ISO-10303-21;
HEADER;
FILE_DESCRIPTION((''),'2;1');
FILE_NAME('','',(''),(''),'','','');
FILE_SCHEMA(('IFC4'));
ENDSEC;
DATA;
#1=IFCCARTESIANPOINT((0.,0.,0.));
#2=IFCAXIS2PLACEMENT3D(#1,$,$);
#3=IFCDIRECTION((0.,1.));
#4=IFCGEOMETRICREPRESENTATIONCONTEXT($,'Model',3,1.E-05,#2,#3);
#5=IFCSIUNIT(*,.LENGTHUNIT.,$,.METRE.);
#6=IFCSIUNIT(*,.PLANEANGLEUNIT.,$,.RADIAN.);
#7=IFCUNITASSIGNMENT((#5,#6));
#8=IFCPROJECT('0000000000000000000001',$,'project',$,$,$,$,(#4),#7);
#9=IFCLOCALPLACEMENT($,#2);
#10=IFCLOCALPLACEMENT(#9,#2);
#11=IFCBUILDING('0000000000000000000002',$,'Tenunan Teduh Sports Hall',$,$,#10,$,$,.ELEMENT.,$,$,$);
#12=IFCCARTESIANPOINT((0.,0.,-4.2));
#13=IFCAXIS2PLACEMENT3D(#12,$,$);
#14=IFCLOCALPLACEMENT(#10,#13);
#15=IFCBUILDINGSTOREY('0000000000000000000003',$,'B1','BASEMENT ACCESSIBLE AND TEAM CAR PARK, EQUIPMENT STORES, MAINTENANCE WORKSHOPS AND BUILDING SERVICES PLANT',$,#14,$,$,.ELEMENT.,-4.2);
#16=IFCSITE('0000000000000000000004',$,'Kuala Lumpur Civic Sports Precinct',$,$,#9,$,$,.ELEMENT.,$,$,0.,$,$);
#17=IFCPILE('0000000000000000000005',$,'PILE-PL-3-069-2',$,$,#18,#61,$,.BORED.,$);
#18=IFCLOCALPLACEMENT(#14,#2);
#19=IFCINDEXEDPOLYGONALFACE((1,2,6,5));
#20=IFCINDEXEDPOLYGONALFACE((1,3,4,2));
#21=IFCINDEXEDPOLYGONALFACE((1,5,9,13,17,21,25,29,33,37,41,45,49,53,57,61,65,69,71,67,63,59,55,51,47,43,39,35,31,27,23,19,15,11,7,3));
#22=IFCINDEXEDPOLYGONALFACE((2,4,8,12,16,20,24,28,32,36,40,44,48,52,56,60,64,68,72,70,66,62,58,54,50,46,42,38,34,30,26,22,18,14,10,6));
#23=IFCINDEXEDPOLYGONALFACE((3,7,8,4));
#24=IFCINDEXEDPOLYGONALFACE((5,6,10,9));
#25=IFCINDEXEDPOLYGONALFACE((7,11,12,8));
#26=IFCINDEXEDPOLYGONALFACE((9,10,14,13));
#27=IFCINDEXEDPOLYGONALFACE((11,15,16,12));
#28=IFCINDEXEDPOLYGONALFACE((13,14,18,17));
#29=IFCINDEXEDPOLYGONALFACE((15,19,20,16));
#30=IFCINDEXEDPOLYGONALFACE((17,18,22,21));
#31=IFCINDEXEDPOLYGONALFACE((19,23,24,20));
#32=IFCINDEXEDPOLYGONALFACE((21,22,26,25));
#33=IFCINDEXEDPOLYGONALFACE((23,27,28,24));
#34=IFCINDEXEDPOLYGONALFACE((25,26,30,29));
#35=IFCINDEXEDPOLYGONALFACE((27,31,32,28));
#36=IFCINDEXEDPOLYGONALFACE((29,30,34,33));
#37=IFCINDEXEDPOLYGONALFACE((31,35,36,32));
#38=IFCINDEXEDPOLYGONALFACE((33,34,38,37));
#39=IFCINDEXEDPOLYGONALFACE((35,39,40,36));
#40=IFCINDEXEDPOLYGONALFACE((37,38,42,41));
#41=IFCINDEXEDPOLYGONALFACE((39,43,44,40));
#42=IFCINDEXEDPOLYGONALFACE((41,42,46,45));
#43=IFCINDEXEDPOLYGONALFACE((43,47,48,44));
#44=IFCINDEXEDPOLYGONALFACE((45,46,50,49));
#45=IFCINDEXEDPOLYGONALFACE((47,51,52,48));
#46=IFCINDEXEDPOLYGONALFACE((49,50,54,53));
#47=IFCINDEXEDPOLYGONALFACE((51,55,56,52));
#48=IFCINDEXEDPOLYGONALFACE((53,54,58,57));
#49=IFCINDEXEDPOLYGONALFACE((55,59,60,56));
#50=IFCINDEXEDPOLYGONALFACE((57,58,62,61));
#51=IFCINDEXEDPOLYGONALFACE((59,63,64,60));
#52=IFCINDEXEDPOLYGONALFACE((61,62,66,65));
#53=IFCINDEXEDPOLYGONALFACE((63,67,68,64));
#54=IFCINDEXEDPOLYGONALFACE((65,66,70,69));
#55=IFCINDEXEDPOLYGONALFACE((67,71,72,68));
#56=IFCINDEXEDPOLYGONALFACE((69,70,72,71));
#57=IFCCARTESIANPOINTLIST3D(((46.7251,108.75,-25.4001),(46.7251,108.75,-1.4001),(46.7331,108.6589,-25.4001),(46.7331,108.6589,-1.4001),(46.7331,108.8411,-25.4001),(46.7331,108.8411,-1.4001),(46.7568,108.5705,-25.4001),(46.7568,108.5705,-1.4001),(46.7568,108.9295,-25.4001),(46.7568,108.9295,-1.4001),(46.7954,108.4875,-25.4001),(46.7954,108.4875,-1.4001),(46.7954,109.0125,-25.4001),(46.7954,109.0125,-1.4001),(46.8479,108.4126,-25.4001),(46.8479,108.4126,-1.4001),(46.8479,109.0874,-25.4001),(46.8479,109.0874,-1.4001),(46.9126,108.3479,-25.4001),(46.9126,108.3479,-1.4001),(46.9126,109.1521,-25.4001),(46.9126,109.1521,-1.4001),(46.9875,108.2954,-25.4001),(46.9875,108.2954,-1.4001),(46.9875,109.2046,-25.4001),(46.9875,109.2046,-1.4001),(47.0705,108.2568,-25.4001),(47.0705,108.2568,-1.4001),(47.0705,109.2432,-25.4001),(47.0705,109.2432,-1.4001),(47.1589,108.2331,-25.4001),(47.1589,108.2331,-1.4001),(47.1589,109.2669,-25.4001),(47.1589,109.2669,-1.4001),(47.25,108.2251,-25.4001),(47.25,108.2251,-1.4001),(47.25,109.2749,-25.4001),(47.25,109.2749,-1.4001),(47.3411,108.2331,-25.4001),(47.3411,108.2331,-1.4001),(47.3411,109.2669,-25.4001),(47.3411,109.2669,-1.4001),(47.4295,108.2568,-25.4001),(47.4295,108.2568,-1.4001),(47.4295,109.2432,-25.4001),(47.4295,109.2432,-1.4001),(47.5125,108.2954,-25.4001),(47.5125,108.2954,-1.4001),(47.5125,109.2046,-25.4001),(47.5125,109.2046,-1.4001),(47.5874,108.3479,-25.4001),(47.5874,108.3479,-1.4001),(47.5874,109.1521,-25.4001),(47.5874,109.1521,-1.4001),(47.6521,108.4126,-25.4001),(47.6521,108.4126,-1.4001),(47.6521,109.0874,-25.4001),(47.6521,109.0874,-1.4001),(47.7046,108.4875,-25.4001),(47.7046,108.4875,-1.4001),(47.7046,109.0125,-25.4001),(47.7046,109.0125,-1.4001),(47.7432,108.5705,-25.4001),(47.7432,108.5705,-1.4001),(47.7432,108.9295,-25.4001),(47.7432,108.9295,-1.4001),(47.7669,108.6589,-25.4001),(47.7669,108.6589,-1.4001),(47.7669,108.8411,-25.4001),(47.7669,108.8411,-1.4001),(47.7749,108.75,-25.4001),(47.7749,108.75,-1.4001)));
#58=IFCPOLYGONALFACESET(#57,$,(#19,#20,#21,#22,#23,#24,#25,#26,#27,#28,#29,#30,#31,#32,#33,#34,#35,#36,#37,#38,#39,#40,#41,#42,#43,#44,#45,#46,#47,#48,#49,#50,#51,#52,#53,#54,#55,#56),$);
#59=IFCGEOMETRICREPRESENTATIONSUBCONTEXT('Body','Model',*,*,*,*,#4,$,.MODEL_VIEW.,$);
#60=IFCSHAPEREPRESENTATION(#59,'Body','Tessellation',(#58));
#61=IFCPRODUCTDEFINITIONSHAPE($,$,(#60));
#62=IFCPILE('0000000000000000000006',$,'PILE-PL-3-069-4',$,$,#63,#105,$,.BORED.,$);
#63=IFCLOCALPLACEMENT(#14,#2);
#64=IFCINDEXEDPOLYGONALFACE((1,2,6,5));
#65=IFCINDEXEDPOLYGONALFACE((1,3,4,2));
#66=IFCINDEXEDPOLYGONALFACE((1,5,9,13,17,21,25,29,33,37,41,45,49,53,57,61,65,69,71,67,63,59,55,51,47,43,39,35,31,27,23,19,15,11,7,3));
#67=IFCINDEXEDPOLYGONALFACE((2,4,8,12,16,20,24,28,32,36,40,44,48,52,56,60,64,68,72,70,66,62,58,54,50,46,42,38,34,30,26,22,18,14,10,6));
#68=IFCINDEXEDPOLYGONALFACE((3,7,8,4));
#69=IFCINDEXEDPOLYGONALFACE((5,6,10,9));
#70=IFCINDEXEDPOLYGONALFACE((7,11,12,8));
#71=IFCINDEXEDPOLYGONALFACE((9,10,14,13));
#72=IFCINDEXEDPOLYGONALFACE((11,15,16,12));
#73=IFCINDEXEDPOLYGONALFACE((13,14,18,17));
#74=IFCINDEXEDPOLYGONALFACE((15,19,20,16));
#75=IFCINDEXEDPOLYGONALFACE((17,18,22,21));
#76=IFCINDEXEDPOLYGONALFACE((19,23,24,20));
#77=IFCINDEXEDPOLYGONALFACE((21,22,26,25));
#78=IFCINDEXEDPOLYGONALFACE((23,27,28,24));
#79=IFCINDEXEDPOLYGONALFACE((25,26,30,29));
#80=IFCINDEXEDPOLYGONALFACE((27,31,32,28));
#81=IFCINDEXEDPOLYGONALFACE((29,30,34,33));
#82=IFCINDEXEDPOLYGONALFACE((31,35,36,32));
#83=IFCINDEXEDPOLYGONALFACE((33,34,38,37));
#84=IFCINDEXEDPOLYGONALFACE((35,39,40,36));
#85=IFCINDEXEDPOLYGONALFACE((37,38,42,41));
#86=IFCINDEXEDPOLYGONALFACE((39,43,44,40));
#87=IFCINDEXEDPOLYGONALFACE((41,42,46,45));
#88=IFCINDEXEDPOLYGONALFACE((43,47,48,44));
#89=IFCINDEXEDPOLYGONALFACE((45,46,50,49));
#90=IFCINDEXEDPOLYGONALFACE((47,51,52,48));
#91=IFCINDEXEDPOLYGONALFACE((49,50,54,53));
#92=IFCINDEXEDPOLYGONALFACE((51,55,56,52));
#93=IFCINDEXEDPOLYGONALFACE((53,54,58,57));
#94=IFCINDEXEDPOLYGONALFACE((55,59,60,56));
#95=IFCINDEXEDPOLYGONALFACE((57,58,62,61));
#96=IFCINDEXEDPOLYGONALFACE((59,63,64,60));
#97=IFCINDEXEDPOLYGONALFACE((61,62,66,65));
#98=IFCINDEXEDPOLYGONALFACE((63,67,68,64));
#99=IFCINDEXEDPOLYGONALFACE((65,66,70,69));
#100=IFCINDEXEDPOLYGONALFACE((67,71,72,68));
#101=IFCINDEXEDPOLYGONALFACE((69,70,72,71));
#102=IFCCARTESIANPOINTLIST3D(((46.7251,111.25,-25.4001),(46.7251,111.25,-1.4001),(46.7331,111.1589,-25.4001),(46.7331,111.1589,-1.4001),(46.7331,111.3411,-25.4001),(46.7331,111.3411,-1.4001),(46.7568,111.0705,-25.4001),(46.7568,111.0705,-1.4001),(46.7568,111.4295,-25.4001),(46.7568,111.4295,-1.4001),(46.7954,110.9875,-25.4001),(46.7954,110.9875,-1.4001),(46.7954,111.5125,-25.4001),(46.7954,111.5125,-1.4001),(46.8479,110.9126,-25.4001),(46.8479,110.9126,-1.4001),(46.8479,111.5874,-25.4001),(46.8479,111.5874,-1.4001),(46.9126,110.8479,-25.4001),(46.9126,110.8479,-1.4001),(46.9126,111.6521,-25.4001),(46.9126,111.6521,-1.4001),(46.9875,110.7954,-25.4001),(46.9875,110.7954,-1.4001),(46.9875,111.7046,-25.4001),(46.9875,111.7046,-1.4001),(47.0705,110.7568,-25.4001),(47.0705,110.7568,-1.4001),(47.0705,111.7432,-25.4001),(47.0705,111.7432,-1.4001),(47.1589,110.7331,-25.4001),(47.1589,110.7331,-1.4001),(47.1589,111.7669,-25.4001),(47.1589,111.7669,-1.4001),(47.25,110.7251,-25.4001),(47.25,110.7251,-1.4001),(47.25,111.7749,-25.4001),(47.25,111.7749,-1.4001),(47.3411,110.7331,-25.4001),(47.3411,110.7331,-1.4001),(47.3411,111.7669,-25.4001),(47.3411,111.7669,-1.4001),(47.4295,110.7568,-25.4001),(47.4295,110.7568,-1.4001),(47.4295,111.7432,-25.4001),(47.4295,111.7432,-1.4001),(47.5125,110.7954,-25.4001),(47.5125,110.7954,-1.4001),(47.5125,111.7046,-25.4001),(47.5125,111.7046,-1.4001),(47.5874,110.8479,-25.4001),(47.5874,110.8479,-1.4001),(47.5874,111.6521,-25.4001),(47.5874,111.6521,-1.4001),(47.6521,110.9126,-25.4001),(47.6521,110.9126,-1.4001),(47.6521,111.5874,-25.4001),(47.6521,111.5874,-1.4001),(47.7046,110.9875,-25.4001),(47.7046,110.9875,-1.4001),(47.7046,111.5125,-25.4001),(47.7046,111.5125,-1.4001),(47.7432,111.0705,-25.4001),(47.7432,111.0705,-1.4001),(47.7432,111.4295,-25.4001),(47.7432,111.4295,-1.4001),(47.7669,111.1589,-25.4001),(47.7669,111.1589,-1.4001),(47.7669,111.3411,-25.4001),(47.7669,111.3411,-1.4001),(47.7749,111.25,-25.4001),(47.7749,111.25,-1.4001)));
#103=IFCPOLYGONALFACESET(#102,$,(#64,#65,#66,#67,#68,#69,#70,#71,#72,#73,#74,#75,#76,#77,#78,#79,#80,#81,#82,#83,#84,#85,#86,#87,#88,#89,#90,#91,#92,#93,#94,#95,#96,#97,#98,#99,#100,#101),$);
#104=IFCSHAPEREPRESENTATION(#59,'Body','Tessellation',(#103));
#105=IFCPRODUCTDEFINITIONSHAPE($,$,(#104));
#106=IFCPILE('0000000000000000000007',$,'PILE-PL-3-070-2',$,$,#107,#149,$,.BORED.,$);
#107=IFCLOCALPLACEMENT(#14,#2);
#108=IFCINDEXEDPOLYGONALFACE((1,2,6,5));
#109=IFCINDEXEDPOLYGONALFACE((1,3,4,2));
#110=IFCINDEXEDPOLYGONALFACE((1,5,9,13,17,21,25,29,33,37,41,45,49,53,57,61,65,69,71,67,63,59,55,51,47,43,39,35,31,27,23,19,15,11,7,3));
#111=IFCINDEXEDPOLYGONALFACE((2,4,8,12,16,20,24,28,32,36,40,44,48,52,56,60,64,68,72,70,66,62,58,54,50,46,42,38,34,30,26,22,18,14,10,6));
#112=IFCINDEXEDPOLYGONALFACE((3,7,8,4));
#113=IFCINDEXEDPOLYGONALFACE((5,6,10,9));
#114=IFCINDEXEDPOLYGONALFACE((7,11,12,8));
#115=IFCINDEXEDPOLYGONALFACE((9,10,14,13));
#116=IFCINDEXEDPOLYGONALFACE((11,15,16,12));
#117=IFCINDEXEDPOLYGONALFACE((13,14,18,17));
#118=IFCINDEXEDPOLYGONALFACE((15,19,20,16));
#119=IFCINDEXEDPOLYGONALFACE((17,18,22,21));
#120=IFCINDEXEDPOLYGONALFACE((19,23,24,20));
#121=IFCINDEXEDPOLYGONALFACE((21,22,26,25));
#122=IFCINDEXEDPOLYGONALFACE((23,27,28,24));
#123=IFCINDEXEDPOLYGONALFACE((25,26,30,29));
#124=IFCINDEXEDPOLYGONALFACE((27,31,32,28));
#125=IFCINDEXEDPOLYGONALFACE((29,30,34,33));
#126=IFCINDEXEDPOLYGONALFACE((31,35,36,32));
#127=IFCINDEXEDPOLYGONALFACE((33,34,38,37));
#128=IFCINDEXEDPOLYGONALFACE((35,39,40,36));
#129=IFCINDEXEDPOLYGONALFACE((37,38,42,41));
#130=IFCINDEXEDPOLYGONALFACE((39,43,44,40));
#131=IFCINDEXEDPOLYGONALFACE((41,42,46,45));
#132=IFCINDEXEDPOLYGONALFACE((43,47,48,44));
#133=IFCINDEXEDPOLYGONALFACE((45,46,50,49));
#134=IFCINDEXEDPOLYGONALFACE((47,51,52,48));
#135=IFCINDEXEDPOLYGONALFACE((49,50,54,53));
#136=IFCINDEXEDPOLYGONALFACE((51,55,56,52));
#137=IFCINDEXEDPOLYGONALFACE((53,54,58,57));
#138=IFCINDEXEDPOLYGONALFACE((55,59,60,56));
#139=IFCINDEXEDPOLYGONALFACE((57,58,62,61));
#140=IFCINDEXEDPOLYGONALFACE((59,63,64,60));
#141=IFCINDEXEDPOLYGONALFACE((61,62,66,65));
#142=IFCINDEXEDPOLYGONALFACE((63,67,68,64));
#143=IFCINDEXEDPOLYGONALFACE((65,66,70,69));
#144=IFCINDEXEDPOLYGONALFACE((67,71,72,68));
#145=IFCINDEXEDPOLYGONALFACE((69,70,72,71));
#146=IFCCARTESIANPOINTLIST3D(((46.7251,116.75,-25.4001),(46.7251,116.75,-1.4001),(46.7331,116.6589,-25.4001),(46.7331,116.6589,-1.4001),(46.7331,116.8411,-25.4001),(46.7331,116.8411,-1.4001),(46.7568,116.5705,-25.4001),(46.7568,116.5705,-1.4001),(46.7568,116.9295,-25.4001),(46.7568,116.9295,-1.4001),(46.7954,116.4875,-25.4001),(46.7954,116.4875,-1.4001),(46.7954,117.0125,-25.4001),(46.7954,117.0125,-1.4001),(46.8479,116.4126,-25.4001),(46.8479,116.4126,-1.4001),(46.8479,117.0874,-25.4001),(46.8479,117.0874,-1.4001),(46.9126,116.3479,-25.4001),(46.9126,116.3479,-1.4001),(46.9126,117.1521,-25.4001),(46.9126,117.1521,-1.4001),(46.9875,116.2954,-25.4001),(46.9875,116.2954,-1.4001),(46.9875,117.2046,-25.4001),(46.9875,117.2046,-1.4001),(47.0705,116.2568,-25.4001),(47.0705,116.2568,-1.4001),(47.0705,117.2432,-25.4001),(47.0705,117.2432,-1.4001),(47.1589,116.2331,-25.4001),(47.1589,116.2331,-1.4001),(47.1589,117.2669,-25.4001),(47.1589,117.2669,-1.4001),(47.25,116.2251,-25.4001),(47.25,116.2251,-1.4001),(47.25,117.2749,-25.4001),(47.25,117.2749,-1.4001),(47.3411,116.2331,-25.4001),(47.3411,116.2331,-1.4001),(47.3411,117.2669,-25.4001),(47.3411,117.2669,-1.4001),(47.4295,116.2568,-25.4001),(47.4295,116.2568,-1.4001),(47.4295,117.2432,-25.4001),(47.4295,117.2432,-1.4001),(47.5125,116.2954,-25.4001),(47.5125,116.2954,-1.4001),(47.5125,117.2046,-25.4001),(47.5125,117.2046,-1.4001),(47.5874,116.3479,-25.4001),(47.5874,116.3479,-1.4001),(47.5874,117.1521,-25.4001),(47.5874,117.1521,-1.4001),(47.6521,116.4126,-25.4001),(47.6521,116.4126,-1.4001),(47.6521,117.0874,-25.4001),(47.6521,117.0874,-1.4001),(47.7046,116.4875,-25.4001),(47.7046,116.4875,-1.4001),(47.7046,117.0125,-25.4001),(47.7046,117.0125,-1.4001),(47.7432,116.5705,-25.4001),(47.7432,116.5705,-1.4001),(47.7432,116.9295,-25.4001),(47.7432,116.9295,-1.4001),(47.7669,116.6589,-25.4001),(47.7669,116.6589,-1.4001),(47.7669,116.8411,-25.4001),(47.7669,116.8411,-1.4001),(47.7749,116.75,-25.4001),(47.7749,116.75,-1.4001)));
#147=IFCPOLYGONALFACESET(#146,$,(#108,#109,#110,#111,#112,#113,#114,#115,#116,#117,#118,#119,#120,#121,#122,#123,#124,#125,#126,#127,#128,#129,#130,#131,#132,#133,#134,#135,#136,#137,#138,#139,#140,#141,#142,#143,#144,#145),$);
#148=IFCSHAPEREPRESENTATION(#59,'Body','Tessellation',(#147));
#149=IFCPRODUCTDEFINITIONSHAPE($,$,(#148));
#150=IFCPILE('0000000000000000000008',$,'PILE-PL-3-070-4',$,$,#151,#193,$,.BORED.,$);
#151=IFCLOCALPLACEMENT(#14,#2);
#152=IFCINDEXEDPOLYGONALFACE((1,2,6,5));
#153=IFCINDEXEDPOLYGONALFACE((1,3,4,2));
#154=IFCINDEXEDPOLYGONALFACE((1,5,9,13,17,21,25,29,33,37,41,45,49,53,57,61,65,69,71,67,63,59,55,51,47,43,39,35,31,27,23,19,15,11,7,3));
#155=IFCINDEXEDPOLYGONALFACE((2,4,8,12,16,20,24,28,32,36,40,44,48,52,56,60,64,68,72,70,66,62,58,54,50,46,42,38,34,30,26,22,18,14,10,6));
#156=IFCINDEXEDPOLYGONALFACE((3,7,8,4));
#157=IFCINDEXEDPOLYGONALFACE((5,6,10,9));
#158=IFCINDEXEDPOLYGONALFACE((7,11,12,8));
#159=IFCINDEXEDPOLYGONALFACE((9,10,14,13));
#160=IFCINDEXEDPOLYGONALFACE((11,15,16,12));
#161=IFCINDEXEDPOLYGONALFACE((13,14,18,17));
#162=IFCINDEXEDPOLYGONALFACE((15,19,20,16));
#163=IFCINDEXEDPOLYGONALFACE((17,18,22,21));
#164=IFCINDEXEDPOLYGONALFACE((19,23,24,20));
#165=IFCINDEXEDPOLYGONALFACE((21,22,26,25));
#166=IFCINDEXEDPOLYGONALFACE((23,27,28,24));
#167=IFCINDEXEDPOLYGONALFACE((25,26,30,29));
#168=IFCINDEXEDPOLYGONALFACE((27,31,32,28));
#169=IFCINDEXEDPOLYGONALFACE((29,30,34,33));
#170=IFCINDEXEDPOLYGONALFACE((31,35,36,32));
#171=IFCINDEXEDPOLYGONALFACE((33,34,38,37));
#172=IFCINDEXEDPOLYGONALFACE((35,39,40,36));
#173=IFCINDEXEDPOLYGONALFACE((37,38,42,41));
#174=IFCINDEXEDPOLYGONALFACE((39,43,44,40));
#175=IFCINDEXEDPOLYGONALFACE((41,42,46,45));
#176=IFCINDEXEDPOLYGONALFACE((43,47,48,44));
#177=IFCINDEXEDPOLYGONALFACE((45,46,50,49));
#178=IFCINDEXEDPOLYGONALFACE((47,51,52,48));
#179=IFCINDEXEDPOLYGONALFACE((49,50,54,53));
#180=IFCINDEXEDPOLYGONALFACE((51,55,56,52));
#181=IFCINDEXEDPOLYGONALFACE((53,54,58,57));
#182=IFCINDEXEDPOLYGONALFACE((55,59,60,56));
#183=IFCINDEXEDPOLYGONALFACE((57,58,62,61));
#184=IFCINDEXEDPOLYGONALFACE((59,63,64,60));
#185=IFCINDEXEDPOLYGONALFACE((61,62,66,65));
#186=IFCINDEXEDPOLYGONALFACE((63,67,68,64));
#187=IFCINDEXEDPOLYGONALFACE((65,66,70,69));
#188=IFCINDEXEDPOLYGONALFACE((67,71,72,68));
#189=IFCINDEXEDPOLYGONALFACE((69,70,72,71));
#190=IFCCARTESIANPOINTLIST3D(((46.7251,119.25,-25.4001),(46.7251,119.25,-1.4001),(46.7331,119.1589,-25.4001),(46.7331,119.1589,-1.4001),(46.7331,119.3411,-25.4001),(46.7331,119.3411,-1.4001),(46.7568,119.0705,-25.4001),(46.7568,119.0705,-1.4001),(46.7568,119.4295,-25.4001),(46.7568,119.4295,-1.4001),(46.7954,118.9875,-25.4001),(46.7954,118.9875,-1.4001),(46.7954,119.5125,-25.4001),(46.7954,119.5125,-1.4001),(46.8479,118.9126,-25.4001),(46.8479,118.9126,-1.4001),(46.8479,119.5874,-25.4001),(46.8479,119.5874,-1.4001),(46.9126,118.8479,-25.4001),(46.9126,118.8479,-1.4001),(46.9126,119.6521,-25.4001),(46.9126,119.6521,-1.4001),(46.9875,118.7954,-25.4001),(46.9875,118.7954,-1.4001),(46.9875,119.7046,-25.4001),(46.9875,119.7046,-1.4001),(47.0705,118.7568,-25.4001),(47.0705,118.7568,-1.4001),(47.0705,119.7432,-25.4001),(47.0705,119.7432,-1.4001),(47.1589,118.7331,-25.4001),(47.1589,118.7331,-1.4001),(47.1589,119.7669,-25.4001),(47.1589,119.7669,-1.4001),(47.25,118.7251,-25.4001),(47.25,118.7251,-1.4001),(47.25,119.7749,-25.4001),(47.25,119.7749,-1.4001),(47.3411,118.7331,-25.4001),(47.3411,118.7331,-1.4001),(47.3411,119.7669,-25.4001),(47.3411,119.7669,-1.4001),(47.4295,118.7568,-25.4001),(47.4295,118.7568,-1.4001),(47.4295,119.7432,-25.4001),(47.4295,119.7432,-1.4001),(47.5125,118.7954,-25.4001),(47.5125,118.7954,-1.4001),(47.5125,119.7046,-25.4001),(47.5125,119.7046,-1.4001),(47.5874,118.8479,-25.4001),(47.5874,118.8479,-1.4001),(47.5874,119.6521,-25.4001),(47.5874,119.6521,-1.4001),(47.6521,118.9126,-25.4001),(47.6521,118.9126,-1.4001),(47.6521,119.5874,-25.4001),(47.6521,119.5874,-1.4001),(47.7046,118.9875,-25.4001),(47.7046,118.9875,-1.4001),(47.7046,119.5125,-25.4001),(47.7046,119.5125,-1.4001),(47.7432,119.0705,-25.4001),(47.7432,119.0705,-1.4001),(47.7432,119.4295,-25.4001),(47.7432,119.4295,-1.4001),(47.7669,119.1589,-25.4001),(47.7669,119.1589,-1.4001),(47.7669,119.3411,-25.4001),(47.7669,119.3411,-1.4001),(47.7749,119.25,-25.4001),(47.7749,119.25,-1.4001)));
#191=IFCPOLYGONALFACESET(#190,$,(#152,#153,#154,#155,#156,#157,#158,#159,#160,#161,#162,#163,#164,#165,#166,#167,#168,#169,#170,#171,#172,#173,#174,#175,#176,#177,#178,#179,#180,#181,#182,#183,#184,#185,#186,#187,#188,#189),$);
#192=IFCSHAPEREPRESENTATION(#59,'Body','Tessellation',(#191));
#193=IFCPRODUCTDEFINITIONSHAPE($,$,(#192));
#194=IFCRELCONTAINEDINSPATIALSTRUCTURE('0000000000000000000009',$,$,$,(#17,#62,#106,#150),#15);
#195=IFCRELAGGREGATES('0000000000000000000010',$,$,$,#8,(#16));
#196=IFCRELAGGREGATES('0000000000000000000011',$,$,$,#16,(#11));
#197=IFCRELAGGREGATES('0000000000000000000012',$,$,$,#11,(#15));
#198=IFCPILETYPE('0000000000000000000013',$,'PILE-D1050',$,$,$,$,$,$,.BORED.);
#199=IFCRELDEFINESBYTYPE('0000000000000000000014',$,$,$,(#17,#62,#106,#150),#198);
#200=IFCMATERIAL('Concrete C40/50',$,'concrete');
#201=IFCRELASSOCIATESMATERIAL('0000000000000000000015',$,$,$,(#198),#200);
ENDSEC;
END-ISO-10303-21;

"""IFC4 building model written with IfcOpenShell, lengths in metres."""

from ifc_helpers import new_model, si_unit, direction, frame, origin, origin_2d, place, context, subcontext, project, spatial, circle, extrude, material, material_profile, profile_set, type_object, element, save


model = new_model("IFC4")

# Units and contexts
model_context = context("Model", 3, precision=1e-05, world=origin(), true_north=direction((0.0, 1.0)))
body_context = subcontext(model_context, "Body", "Model", "MODEL_VIEW")
ifc_project = project(units=[si_unit("LENGTHUNIT", "METRE"), si_unit("PLANEANGLEUNIT", "RADIAN")], contexts=[model_context])

# Site, building, storey
site_placement = place(None, origin())
site = spatial("IfcSite", under=ifc_project, at=site_placement, Name="Kuala Lumpur Civic Sports Precinct", CompositionType="ELEMENT", RefElevation=0.0)
building_placement = place(site_placement, origin())
building = spatial("IfcBuilding", under=site, at=building_placement, Name="Tenunan Teduh Sports Hall", CompositionType="ELEMENT")
storey_placement = place(building_placement, frame((0.0, 0.0, -4.2)))
storey = spatial("IfcBuildingStorey", under=building, at=storey_placement, Name="B1", Description="BASEMENT ACCESSIBLE AND TEAM CAR PARK, EQUIPMENT STORES, MAINTENANCE WORKSHOPS AND BUILDING SERVICES PLANT", CompositionType="ELEMENT", Elevation=-4.2)

# Piles
ifc_material_1 = material(Name="Concrete C40/50", Category="concrete")
ifc_material_profile_1 = material_profile(ifc_material_1, circle(Radius=0.5249, at=origin_2d()), Name="PILE D1050")
ifc_profile_set_1 = profile_set([ifc_material_profile_1], Name="Concrete C40/50")
pile_type = type_object("IfcPileType", Name="PILE-D1050", PredefinedType="BORED", material=ifc_profile_set_1)
for number, where, z_axis, x_axis, name in (
    (1, (47.25, 108.75, -1.4001), (0.0, 0.0, -1.0), (1.0, 0.0, 0.0), "PILE-PL-3-069-2"),
    (2, (47.25, 111.25, -1.4001), (0.0, 0.0, -1.0), (1.0, 0.0, 0.0), "PILE-PL-3-069-4"),
    (3, (47.25, 116.75, -1.4001), (0.0, 0.0, -1.0), (1.0, 0.0, 0.0), "PILE-PL-3-070-2"),
    (4, (47.25, 119.25, -1.4001), (0.0, 0.0, -1.0), (1.0, 0.0, 0.0), "PILE-PL-3-070-4"),
):
    element("IfcPile", number, at=place(storey_placement, frame(where, z_axis=z_axis, x_axis=x_axis)), inside=storey, type_object=pile_type, Name=name, PredefinedType="BORED", context=body_context, shape_type="SweptSolid", body=[
        extrude(circle(Radius=0.5249, at=origin_2d()), origin(), (0.0, 0.0, 1.0), 24.0),
    ])

save(model, "model.ifc")
